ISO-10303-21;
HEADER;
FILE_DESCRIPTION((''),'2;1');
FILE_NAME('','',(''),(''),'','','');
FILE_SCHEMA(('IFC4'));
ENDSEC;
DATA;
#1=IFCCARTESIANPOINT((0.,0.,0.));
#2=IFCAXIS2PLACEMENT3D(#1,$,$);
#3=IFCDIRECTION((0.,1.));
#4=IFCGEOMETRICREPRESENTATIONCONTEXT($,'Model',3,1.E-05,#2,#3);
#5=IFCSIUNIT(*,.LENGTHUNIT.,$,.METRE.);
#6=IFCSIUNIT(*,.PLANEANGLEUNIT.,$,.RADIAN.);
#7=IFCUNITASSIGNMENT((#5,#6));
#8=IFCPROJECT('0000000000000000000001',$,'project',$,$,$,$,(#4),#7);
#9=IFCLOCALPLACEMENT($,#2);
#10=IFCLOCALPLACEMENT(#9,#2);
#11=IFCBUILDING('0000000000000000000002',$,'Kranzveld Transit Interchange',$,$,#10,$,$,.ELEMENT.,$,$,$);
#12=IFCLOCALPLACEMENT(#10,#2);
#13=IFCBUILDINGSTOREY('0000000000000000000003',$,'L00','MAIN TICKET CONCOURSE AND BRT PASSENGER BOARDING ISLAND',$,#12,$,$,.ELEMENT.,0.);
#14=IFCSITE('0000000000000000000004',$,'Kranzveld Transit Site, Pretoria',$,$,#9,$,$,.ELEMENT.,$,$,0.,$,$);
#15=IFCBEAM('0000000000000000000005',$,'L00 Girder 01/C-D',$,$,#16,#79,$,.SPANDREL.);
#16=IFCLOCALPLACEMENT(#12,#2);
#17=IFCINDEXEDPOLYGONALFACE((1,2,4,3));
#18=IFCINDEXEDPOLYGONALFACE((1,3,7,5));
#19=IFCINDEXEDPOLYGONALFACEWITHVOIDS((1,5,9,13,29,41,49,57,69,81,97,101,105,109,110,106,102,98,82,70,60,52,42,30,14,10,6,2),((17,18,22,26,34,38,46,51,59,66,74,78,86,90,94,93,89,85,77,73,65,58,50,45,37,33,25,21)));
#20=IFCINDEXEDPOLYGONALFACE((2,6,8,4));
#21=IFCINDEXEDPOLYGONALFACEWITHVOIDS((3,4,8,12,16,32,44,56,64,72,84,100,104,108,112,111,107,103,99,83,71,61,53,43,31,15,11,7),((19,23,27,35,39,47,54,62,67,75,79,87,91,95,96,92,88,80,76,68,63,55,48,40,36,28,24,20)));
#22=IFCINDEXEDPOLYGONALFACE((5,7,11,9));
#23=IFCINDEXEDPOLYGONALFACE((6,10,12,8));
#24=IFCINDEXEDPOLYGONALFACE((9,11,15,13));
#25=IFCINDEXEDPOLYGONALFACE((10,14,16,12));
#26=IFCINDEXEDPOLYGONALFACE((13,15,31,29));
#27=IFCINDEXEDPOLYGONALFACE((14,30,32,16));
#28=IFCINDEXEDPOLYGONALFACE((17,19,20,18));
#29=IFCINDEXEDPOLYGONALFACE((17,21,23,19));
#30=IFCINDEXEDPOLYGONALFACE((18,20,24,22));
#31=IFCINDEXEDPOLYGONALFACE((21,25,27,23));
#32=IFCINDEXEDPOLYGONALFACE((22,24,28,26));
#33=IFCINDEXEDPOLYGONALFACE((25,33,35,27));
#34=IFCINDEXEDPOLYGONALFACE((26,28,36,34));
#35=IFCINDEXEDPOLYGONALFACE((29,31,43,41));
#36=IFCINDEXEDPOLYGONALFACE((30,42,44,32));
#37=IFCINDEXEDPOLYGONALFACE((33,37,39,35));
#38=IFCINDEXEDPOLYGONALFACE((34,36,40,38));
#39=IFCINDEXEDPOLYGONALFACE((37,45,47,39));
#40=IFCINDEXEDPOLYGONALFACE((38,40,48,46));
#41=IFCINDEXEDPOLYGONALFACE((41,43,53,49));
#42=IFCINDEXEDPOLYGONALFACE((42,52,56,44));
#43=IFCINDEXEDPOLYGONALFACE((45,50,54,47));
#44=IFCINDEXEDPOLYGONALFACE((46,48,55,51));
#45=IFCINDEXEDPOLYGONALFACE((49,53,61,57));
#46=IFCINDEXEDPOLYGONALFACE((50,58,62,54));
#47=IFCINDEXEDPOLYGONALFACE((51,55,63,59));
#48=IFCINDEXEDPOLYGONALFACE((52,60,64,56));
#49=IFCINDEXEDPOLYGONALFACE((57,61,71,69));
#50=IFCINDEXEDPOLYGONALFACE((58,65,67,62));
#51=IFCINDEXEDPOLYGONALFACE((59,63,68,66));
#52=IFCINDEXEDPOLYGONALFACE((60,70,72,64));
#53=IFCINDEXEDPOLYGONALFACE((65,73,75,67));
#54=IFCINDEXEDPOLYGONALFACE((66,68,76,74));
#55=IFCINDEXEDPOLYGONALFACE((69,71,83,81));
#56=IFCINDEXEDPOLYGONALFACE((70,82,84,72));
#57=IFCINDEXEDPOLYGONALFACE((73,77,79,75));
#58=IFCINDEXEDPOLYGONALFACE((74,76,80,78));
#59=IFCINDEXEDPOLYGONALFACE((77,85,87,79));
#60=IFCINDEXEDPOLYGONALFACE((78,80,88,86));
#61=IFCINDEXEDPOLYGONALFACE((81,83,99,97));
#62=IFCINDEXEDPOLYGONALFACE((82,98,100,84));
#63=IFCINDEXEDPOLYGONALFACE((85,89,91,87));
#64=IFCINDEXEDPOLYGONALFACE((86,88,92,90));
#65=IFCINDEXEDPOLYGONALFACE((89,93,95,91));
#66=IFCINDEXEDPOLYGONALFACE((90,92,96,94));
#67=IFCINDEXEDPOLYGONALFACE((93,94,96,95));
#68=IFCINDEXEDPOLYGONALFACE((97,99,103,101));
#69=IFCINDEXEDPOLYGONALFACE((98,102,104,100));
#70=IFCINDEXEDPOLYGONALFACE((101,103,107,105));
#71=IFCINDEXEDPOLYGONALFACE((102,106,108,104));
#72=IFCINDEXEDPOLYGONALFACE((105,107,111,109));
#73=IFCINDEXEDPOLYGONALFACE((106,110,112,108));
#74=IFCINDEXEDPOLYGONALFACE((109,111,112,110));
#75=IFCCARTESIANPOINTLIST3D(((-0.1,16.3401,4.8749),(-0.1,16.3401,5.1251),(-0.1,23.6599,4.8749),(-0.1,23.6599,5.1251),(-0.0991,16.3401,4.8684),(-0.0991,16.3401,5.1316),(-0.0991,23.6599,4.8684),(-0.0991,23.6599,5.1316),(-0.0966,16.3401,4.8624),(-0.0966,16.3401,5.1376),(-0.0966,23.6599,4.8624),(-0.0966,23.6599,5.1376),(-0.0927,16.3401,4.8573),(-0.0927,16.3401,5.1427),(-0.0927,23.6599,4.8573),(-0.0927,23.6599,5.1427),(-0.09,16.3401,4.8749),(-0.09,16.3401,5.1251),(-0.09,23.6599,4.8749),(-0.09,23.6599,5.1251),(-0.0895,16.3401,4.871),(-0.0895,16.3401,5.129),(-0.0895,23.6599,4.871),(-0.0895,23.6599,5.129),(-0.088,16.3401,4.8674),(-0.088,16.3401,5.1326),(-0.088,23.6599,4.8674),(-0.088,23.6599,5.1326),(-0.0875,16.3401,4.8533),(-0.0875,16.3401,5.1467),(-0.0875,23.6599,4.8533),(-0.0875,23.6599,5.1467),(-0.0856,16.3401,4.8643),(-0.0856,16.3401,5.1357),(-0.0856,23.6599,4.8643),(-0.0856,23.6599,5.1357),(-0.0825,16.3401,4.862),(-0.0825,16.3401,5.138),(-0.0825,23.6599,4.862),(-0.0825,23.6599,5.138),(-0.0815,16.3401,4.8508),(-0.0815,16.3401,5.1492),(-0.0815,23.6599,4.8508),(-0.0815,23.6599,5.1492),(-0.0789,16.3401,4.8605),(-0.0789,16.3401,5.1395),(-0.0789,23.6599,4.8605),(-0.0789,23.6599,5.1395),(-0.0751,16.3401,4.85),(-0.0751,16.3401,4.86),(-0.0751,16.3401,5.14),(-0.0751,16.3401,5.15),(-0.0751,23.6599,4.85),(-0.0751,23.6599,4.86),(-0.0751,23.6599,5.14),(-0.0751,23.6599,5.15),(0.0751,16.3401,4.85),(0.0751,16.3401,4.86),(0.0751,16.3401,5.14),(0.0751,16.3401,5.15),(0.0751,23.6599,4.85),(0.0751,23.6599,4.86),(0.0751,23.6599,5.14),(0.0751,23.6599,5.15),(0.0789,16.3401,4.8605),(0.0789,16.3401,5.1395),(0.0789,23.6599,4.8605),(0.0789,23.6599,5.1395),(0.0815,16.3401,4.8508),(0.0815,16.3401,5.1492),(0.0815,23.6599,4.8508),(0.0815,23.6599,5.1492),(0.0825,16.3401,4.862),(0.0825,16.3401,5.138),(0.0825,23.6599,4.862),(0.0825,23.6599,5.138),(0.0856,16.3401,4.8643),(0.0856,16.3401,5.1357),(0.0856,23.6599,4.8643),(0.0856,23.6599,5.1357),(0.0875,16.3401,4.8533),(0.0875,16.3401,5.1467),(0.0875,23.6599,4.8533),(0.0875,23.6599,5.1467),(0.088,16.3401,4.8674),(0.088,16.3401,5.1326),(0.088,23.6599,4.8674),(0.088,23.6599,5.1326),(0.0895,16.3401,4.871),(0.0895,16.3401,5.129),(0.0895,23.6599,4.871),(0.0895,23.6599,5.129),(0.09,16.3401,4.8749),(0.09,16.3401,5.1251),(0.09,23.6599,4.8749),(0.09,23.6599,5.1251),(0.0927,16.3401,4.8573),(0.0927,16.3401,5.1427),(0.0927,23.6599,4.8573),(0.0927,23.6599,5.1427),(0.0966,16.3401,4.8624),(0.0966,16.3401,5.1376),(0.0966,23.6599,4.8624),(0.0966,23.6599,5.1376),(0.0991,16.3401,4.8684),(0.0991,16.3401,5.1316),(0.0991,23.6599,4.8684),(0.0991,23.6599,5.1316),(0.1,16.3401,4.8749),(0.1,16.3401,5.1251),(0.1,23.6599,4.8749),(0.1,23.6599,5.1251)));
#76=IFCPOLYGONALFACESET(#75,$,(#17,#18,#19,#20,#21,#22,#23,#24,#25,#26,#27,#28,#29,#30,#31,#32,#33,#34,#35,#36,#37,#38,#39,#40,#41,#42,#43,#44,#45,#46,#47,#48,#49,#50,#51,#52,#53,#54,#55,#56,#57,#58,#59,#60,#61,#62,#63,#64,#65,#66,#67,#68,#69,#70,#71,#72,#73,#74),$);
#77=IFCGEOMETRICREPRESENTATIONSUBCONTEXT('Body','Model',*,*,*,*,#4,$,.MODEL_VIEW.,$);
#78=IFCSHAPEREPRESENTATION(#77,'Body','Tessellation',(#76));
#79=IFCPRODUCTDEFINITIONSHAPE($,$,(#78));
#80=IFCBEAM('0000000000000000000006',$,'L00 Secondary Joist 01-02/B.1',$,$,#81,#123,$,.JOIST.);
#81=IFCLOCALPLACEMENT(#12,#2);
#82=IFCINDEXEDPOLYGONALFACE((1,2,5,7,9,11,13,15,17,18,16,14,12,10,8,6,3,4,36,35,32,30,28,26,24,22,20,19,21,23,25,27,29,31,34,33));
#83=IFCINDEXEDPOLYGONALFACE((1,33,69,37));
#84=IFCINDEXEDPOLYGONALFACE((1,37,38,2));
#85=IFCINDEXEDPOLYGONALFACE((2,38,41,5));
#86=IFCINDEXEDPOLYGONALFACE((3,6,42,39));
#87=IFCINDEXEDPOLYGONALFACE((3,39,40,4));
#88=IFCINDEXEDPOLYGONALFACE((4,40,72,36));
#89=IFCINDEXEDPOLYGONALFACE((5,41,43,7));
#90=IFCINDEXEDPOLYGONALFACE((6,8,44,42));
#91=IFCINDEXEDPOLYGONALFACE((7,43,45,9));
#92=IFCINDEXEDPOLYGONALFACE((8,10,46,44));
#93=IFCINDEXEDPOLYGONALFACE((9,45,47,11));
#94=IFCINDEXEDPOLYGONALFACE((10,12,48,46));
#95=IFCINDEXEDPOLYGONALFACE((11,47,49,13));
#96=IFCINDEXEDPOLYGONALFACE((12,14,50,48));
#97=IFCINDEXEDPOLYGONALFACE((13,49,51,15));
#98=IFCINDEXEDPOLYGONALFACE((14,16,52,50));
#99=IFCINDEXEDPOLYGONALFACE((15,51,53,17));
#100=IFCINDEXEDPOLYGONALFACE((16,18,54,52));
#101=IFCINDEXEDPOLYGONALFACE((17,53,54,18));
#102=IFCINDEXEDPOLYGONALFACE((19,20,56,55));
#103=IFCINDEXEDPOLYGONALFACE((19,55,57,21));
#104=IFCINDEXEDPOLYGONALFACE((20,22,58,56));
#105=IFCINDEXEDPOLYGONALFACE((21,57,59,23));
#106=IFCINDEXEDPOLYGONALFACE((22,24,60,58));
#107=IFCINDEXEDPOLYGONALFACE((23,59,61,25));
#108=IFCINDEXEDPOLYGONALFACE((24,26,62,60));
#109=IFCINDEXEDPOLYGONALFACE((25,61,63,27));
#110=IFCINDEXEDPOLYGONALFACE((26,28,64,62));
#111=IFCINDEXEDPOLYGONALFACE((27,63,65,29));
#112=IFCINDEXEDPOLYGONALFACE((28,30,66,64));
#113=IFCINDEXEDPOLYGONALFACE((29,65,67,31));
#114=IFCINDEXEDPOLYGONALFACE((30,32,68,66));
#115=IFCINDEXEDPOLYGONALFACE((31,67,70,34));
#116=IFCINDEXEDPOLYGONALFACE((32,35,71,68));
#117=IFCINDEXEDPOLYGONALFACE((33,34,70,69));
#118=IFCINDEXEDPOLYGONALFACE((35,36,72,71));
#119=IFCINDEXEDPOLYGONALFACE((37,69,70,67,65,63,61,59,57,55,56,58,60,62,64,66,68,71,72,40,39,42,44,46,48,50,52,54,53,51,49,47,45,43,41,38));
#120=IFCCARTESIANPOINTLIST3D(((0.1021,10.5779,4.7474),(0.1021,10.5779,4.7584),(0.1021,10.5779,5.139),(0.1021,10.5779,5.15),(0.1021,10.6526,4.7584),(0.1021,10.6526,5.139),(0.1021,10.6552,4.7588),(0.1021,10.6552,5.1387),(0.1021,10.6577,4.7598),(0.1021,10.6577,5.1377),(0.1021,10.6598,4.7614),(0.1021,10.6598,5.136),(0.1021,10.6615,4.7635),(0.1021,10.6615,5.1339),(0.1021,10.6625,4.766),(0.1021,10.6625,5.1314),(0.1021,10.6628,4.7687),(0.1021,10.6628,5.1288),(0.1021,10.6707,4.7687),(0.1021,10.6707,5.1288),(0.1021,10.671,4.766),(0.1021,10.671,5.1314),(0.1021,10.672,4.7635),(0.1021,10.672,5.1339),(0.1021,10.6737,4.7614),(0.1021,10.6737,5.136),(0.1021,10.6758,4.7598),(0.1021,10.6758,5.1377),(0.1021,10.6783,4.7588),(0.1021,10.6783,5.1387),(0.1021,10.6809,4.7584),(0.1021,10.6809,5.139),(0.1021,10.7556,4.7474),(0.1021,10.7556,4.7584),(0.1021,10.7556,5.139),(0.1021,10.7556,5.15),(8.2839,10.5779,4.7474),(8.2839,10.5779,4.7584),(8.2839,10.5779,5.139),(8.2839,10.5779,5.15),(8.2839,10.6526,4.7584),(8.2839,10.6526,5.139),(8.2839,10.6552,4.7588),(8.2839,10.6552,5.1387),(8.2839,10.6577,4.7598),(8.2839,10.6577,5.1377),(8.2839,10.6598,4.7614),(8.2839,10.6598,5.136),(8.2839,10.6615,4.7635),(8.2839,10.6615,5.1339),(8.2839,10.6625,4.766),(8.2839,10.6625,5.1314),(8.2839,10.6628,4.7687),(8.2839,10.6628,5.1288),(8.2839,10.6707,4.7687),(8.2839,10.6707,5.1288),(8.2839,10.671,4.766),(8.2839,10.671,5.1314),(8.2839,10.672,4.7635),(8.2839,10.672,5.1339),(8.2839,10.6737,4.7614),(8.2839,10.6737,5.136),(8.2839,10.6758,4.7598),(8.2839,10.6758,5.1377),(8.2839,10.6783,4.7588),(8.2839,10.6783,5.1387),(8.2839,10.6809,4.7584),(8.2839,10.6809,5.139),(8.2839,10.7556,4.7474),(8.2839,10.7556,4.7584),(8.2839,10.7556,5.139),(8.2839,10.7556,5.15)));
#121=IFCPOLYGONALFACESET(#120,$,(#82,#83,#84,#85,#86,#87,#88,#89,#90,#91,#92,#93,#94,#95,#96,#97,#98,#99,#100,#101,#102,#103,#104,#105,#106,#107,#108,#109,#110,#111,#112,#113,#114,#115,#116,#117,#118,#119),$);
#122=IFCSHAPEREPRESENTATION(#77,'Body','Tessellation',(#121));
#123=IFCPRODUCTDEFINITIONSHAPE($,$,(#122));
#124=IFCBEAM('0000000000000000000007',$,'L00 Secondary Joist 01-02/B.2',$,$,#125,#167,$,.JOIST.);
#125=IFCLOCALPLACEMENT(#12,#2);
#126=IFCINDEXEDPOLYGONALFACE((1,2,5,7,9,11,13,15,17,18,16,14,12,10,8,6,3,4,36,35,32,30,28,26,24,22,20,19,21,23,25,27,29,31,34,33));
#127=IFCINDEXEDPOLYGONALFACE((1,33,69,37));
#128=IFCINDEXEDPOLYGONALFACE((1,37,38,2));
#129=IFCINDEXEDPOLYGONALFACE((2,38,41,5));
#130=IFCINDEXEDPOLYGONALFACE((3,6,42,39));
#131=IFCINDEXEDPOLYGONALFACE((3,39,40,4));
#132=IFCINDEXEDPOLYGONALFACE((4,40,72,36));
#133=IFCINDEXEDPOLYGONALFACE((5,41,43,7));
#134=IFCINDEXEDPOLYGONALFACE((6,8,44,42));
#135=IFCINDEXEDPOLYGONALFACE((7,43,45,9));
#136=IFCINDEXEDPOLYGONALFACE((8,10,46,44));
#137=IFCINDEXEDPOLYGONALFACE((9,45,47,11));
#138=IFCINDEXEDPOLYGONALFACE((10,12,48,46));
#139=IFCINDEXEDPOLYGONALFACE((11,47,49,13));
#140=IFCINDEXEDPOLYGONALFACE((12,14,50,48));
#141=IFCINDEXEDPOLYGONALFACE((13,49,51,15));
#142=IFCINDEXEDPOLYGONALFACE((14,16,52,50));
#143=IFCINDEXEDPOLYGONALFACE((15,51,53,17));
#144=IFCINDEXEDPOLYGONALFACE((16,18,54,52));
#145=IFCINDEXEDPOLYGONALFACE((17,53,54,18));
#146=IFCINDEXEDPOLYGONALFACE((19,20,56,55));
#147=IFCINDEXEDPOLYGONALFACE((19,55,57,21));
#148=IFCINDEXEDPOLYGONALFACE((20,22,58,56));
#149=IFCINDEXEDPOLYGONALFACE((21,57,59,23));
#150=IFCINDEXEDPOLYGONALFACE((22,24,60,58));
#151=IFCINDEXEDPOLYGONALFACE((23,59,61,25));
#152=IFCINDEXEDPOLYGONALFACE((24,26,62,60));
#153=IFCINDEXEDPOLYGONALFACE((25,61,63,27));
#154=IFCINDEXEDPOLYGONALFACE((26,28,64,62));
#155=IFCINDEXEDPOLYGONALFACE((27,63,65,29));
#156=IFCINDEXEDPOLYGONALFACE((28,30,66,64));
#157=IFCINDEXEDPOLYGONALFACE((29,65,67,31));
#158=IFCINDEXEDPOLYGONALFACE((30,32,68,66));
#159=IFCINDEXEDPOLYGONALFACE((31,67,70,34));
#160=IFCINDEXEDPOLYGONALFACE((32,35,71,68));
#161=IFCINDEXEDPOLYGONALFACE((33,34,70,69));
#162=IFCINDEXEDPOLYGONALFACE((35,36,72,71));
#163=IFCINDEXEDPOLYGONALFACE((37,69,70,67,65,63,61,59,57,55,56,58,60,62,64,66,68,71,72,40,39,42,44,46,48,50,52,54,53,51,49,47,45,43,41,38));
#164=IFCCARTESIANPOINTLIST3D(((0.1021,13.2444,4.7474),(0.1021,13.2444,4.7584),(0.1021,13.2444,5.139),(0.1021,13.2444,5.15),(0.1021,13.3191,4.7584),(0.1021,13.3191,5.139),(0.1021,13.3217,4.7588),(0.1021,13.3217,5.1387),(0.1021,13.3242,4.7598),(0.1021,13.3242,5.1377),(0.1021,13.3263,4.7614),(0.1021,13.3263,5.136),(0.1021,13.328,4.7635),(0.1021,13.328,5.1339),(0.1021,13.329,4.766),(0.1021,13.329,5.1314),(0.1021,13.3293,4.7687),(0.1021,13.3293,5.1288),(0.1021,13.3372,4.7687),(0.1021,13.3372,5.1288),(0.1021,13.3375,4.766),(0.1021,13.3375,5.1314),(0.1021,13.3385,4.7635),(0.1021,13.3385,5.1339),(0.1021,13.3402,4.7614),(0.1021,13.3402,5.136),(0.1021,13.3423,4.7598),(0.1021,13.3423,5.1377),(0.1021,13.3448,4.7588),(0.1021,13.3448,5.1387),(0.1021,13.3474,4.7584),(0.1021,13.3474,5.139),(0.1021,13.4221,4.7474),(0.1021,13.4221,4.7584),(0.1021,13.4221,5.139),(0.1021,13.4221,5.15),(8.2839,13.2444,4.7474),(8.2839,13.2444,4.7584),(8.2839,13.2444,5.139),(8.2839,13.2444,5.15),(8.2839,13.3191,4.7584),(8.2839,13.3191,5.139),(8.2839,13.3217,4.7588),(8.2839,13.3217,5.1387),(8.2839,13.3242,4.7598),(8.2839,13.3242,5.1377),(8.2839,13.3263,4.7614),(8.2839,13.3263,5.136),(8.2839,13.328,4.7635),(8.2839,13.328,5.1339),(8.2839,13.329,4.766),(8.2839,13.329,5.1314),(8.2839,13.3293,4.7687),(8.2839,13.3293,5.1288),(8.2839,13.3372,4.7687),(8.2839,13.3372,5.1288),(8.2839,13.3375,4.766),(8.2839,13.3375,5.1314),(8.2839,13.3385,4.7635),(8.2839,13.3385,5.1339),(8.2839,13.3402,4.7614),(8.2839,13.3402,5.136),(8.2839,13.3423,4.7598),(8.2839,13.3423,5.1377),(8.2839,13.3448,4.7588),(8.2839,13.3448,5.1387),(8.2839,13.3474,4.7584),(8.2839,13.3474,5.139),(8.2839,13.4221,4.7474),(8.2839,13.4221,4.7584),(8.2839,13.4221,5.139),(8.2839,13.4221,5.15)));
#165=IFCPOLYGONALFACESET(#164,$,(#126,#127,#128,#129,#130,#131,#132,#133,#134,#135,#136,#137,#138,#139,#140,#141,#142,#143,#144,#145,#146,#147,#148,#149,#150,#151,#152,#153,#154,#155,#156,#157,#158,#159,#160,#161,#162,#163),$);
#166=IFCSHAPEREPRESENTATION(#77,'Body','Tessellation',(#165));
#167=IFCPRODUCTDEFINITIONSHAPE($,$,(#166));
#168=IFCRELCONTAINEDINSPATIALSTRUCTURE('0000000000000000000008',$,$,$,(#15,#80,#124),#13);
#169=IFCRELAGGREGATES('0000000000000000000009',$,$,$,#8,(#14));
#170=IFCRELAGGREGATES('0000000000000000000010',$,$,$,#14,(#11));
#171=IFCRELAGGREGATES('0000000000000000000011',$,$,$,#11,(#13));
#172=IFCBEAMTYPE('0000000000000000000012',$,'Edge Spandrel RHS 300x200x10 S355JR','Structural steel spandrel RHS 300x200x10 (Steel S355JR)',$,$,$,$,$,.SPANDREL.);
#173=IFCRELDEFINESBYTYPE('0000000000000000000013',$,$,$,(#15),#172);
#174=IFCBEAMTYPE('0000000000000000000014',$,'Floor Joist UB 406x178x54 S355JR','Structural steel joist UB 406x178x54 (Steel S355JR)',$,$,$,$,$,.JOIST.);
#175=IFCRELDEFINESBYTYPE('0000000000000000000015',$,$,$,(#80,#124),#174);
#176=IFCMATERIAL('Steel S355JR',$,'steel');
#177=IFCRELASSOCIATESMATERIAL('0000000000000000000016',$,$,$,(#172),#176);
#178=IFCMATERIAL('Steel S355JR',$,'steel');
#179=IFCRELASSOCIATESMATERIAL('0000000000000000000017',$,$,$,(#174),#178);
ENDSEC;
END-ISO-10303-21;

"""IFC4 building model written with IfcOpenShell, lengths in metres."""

from ifc_helpers import new_model, si_unit, direction, frame, origin, origin_2d, place, context, subcontext, project, spatial, hollow_rectangle, i_section, extrude, material, material_profile, profile_set, type_object, element, save


model = new_model("IFC4")

# Units and contexts
model_context = context("Model", 3, precision=1e-05, world=origin(), true_north=direction((0.0, 1.0)))
body_context = subcontext(model_context, "Body", "Model", "MODEL_VIEW")
ifc_project = project(units=[si_unit("LENGTHUNIT", "METRE"), si_unit("PLANEANGLEUNIT", "RADIAN")], contexts=[model_context])

# Site, building, storey
site_placement = place(None, origin())
site = spatial("IfcSite", under=ifc_project, at=site_placement, Name="Kranzveld Transit Site, Pretoria", CompositionType="ELEMENT", RefElevation=0.0)
building_placement = place(site_placement, origin())
building = spatial("IfcBuilding", under=site, at=building_placement, Name="Kranzveld Transit Interchange", CompositionType="ELEMENT")
storey_placement = place(building_placement, origin())
storey = spatial("IfcBuildingStorey", under=building, at=storey_placement, Name="L00", Description="MAIN TICKET CONCOURSE AND BRT PASSENGER BOARDING ISLAND", CompositionType="ELEMENT", Elevation=0.0)

# Beams
ifc_material_1 = material(Name="Steel S355JR", Category="steel")
ifc_material_profile_1 = material_profile(ifc_material_1, hollow_rectangle(XDim=0.2, YDim=0.3, WallThickness=0.01, InnerFilletRadius=0.0149, OuterFilletRadius=0.0249, at=origin_2d()), Name="RHS 300x200x10")
ifc_profile_set_1 = profile_set([ifc_material_profile_1], Name="Steel S355JR")
beam_type_1 = type_object("IfcBeamType", Name="Edge Spandrel RHS 300x200x10 S355JR", Description="Structural steel spandrel RHS 300x200x10 (Steel S355JR)", PredefinedType="SPANDREL", material=ifc_profile_set_1)
beam_1_placement = place(storey_placement, frame((0.0, 16.3401, 5.0), z_axis=(0.0, 1.0, 0.0), x_axis=(-1.0, 0.0, 0.0)))
element("IfcBeam", 1, at=beam_1_placement, inside=storey, type_object=beam_type_1, Name="L00 Girder 01/C-D", PredefinedType="SPANDREL", context=body_context, shape_type="SweptSolid", body=[
    extrude(hollow_rectangle(XDim=0.2, YDim=0.3, WallThickness=0.01, InnerFilletRadius=0.0149, OuterFilletRadius=0.0249, at=origin_2d()), origin(), (0.0, 0.0, 1.0), 7.3198),
])
ifc_material_2 = material(Name="Steel S355JR", Category="steel")
ifc_material_profile_2 = material_profile(ifc_material_2, i_section(OverallWidth=0.1777, OverallDepth=0.4026, WebThickness=0.0078, FlangeThickness=0.011, FilletRadius=0.0103, at=origin_2d()), Name="UB 406x178x54")
ifc_profile_set_2 = profile_set([ifc_material_profile_2], Name="Steel S355JR")
beam_type_2 = type_object("IfcBeamType", Name="Floor Joist UB 406x178x54 S355JR", Description="Structural steel joist UB 406x178x54 (Steel S355JR)", PredefinedType="JOIST", material=ifc_profile_set_2)
for number, where, z_axis, x_axis, name in (
    (2, (0.1021, 10.6667, 4.9487), (1.0, 0.0, 0.0), (0.0, 1.0, 0.0), "L00 Secondary Joist 01-02/B.1"),
    (3, (0.1021, 13.3333, 4.9487), (1.0, 0.0, 0.0), (0.0, 1.0, 0.0), "L00 Secondary Joist 01-02/B.2"),
):
    element("IfcBeam", number, at=place(storey_placement, frame(where, z_axis=z_axis, x_axis=x_axis)), inside=storey, type_object=beam_type_2, Name=name, PredefinedType="JOIST", context=body_context, shape_type="SweptSolid", body=[
        extrude(i_section(OverallWidth=0.1777, OverallDepth=0.4026, WebThickness=0.0078, FlangeThickness=0.011, FilletRadius=0.0103, at=origin_2d()), origin(), (0.0, 0.0, 1.0), 8.1819),
    ])

save(model, "model.ifc")
